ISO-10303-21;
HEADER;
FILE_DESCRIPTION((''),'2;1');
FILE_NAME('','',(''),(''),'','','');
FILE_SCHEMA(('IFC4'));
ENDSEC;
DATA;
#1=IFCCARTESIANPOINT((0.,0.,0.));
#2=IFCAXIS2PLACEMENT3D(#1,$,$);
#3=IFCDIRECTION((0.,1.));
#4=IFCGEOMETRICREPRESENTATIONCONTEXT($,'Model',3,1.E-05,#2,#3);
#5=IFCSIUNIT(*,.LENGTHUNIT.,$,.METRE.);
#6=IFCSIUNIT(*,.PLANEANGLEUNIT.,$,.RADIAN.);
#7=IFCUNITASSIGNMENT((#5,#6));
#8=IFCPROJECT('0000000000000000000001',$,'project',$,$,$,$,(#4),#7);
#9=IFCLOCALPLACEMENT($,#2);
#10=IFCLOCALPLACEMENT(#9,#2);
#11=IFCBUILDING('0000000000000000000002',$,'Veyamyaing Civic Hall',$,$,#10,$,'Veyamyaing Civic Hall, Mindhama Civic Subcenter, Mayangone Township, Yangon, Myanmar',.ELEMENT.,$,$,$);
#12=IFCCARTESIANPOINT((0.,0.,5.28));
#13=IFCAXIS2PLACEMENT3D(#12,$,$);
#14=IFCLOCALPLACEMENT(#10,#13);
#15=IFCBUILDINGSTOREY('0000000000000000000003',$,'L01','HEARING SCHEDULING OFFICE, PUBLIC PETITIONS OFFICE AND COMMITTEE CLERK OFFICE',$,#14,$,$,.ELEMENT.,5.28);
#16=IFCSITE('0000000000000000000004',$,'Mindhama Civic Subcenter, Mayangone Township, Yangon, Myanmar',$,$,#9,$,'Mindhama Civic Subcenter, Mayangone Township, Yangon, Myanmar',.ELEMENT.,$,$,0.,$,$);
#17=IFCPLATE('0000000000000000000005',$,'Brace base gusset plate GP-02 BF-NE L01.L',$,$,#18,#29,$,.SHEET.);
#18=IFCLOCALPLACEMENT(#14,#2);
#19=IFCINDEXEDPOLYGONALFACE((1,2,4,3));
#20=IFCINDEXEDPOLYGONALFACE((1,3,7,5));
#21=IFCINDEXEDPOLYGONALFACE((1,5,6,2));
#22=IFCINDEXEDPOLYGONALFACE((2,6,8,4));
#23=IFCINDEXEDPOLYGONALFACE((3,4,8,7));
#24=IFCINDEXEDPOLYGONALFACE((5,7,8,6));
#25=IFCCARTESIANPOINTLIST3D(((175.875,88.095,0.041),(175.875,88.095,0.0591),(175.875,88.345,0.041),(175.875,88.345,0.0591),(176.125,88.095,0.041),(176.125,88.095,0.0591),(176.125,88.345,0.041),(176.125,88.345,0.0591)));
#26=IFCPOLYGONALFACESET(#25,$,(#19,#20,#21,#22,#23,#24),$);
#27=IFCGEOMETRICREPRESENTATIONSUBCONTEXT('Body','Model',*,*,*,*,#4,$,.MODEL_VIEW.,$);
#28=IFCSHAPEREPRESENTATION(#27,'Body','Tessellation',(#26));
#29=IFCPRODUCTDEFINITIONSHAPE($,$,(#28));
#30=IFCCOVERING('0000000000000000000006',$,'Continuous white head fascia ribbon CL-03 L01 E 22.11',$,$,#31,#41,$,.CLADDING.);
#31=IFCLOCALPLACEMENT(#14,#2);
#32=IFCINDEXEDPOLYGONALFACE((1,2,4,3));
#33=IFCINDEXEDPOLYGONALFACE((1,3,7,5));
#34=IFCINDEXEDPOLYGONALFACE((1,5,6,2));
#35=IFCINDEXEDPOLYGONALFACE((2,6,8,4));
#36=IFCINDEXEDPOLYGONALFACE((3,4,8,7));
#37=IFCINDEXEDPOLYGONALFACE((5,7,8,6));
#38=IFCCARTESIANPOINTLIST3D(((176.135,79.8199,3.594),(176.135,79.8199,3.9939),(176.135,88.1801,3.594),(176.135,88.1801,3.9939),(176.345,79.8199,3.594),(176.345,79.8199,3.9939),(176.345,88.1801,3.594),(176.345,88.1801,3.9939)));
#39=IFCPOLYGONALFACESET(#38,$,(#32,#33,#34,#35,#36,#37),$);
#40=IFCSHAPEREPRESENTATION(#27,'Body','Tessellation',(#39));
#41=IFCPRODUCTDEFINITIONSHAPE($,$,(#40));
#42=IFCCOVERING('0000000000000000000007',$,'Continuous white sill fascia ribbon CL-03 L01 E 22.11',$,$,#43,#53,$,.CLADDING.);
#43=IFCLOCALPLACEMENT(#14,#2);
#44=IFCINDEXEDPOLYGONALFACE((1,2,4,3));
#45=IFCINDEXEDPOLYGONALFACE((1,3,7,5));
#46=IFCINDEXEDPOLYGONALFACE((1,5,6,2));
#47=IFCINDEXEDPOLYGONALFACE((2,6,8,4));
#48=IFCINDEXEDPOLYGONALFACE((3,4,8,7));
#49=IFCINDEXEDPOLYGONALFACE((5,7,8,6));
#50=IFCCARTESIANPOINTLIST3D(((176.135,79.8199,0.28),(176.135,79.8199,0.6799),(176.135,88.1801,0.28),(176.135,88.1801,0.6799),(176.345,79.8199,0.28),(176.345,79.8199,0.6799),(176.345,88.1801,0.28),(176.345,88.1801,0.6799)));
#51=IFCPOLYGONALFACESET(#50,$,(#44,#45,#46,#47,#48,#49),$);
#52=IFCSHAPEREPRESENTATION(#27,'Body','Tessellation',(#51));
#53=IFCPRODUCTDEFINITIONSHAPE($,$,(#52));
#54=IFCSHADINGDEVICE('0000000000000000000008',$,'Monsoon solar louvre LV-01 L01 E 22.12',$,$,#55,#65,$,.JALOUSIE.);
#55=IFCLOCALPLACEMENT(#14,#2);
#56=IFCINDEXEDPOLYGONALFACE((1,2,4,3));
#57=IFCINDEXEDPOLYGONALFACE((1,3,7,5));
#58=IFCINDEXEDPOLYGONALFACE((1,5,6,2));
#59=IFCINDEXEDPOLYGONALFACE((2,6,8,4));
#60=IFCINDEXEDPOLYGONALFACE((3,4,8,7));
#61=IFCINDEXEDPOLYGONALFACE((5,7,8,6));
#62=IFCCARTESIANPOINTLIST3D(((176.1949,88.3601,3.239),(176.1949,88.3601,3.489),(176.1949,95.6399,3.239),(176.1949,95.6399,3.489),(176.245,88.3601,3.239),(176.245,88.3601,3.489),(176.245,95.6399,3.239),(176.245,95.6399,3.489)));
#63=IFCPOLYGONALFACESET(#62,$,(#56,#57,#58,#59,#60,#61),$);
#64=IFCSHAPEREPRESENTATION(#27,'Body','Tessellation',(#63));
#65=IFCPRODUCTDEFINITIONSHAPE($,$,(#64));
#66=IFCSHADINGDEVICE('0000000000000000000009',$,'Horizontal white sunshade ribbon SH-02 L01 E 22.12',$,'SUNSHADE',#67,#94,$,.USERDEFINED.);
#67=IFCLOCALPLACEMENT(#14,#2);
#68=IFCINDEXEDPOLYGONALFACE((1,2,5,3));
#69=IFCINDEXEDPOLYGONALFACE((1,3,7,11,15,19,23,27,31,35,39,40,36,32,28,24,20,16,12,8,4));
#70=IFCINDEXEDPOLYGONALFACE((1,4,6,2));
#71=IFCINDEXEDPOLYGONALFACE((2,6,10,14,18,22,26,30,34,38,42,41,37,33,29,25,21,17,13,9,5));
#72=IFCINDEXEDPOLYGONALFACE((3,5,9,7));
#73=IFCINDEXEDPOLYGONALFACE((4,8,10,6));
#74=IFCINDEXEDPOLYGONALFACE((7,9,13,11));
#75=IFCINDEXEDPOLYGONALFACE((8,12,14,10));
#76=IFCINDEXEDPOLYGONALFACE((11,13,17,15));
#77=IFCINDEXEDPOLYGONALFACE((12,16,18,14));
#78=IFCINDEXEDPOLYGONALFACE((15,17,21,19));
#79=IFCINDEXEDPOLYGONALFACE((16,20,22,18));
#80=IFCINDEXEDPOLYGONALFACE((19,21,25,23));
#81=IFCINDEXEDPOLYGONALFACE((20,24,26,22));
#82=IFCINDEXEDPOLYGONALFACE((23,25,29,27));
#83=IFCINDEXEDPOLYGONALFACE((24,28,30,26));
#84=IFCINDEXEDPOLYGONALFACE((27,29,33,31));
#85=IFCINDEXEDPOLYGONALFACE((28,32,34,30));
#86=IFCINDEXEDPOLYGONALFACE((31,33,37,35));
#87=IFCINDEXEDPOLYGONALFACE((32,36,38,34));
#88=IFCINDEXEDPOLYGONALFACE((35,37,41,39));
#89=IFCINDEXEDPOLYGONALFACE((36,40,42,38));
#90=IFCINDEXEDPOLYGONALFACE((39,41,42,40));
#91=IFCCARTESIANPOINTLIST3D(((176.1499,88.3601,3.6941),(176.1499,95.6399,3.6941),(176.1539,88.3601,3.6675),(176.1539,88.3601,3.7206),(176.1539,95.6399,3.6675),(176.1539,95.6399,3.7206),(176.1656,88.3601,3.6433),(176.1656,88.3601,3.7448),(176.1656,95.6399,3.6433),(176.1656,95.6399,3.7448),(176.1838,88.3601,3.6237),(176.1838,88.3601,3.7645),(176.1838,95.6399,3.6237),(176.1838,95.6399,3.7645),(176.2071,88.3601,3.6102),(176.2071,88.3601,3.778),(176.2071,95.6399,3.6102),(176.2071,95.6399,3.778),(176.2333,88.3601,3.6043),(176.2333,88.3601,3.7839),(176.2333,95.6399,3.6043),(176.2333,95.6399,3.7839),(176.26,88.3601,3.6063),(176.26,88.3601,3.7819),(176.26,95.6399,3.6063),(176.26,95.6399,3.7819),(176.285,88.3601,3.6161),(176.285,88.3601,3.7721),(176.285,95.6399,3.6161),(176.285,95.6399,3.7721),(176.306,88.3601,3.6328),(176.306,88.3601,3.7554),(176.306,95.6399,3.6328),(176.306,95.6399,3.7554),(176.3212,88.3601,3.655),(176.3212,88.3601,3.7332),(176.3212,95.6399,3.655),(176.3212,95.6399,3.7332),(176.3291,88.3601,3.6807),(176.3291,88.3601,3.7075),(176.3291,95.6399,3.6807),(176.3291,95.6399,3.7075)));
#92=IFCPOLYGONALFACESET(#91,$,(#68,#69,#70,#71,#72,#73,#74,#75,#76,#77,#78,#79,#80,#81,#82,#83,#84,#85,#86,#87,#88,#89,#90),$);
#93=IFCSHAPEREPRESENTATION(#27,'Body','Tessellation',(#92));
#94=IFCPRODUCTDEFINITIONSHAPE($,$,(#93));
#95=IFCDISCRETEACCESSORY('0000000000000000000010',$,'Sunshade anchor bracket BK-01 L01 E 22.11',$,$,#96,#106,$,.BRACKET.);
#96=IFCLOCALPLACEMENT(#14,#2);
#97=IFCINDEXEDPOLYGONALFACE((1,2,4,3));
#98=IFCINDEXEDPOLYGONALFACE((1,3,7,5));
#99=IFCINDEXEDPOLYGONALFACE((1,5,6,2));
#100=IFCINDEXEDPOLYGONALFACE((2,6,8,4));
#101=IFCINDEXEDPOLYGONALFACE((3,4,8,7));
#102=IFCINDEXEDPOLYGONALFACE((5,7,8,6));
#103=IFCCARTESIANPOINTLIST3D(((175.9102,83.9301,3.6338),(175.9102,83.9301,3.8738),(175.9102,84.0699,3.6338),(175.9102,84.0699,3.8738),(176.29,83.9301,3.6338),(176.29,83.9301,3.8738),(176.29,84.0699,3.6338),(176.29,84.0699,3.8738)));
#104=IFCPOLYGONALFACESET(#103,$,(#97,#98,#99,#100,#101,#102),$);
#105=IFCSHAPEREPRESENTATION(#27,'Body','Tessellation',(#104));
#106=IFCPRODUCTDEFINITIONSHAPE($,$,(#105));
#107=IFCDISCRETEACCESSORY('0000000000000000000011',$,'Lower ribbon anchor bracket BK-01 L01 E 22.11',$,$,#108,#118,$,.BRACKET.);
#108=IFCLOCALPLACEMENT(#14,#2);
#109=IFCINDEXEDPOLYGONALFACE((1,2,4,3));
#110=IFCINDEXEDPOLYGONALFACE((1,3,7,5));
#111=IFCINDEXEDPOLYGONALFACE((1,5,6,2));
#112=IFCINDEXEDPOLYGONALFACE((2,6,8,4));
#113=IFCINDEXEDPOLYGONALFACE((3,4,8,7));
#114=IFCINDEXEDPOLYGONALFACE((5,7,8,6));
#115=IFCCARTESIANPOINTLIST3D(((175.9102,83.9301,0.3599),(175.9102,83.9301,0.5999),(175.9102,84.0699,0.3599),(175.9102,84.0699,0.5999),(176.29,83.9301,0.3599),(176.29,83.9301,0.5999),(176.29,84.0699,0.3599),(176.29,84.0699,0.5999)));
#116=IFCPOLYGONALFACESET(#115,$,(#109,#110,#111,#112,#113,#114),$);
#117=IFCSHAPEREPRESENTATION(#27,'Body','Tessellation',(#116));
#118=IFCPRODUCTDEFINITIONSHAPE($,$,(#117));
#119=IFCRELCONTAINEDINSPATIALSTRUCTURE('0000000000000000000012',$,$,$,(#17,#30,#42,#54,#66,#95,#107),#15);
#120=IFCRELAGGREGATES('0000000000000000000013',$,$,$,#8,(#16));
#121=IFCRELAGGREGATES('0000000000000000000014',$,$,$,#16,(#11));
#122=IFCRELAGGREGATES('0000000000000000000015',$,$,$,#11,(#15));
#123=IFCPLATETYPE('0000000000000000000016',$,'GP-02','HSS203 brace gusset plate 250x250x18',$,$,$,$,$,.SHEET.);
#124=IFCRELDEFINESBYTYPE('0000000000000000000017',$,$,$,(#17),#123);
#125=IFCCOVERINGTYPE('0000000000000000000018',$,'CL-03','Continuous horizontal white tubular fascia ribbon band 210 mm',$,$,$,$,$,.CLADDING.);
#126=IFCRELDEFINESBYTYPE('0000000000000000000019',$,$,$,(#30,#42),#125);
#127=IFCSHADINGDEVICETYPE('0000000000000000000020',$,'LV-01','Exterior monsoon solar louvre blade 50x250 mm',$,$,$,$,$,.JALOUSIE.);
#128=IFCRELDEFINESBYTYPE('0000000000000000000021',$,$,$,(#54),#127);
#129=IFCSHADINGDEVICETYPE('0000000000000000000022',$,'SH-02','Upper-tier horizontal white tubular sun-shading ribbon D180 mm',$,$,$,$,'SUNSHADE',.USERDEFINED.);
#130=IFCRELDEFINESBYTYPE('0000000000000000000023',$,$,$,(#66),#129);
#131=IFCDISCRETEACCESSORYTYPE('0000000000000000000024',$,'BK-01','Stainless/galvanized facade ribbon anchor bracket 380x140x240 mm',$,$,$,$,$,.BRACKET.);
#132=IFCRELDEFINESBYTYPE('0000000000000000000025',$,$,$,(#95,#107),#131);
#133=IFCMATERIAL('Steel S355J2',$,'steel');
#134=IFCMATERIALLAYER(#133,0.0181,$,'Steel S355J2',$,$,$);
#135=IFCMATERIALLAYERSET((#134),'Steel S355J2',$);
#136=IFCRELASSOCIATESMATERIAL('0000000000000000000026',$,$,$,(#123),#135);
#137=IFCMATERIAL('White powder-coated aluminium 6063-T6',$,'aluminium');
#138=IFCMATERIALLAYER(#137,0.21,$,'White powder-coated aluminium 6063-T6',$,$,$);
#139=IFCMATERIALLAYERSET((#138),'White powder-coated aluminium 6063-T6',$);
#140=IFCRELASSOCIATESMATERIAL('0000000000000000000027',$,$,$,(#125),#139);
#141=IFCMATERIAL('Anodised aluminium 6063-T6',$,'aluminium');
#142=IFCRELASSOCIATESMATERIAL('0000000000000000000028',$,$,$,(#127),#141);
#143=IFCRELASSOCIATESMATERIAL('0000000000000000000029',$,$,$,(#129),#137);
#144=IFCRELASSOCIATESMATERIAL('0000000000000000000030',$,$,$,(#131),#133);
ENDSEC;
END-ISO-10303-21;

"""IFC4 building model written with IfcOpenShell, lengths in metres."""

from ifc_helpers import new_model, si_unit, direction, frame, origin, origin_2d, place, context, subcontext, project, spatial, rectangle, circle, extrude, material, layer, layer_set, material_profile, profile_set, type_object, element, save


model = new_model("IFC4")

# Units and contexts
model_context = context("Model", 3, precision=1e-05, world=origin(), true_north=direction((0.0, 1.0)))
body_context = subcontext(model_context, "Body", "Model", "MODEL_VIEW")
ifc_project = project(units=[si_unit("LENGTHUNIT", "METRE"), si_unit("PLANEANGLEUNIT", "RADIAN")], contexts=[model_context])

# Site, building, storey
site_placement = place(None, origin())
site = spatial("IfcSite", under=ifc_project, at=site_placement, Name="Mindhama Civic Subcenter, Mayangone Township, Yangon, Myanmar", LongName="Mindhama Civic Subcenter, Mayangone Township, Yangon, Myanmar", CompositionType="ELEMENT", RefElevation=0.0)
building_placement = place(site_placement, origin())
building = spatial("IfcBuilding", under=site, at=building_placement, Name="Veyamyaing Civic Hall", LongName="Veyamyaing Civic Hall, Mindhama Civic Subcenter, Mayangone Township, Yangon, Myanmar", CompositionType="ELEMENT")
storey_placement = place(building_placement, frame((0.0, 0.0, 5.28)))
storey = spatial("IfcBuildingStorey", under=building, at=storey_placement, Name="L01", Description="HEARING SCHEDULING OFFICE, PUBLIC PETITIONS OFFICE AND COMMITTEE CLERK OFFICE", CompositionType="ELEMENT", Elevation=5.28)

# Shared definitions
ifc_material_1 = material(Name="Steel S355J2", Category="steel")

# Shared definitions
ifc_material_2 = material(Name="Anodised aluminium 6063-T6", Category="aluminium")

# Plate
ifc_layer_1 = layer(ifc_material_1, 0.0181, Name="Steel S355J2")
ifc_layer_set_1 = layer_set([ifc_layer_1], Name="Steel S355J2")
plate_type_1 = type_object("IfcPlateType", Name="GP-02", Description="HSS203 brace gusset plate 250x250x18", PredefinedType="SHEET", material=ifc_layer_set_1)
plate_1_placement = place(storey_placement, frame((176.0, 88.22, 0.041), z_axis=(0.0, 0.0, 1.0), x_axis=(1.0, 0.0, 0.0)))
element("IfcPlate", 1, at=plate_1_placement, inside=storey, type_object=plate_type_1, Name="Brace base gusset plate GP-02 BF-NE L01.L", PredefinedType="SHEET", context=body_context, shape_type="SweptSolid", body=[
    extrude(rectangle(XDim=0.25, YDim=0.25, at=origin_2d()), origin(), (0.0, 0.0, 1.0), 0.0181),
])

# Coverings
ifc_material_3 = material(Name="White powder-coated aluminium 6063-T6", Category="aluminium")
ifc_layer_2 = layer(ifc_material_3, 0.21, Name="White powder-coated aluminium 6063-T6")
ifc_layer_set_2 = layer_set([ifc_layer_2], Name="White powder-coated aluminium 6063-T6")
covering_type = type_object("IfcCoveringType", Name="CL-03", Description="Continuous horizontal white tubular fascia ribbon band 210 mm", PredefinedType="CLADDING", material=ifc_layer_set_2)
for number, where, z_axis, x_axis, name in (
    (2, (176.24, 84.0, 3.594), (0.0, 0.0, 1.0), (0.0, 1.0, 0.0), "Continuous white head fascia ribbon CL-03 L01 E 22.11"),
    (3, (176.24, 84.0, 0.28), (0.0, 0.0, 1.0), (0.0, 1.0, 0.0), "Continuous white sill fascia ribbon CL-03 L01 E 22.11"),
):
    element("IfcCovering", number, at=place(storey_placement, frame(where, z_axis=z_axis, x_axis=x_axis)), inside=storey, type_object=covering_type, Name=name, PredefinedType="CLADDING", context=body_context, shape_type="SweptSolid", body=[
        extrude(rectangle(XDim=8.3601, YDim=0.21, at=origin_2d()), origin(), (0.0, 0.0, 1.0), 0.3999),
    ])

# Shading devices
ifc_material_profile_1 = material_profile(ifc_material_2, rectangle(XDim=0.05, YDim=0.25, at=origin_2d()), Name="LOUVRE-BLADE-50X250")
ifc_profile_set_1 = profile_set([ifc_material_profile_1], Name="Anodised aluminium 6063-T6")
shading_device_type_1 = type_object("IfcShadingDeviceType", Name="LV-01", Description="Exterior monsoon solar louvre blade 50x250 mm", PredefinedType="JALOUSIE", material=ifc_profile_set_1)
shading_device_1_placement = place(storey_placement, frame((176.22, 88.3601, 3.364), z_axis=(0.0, 1.0, 0.0), x_axis=(-1.0, 0.0, 0.0)))
element("IfcShadingDevice", 4, at=shading_device_1_placement, inside=storey, type_object=shading_device_type_1, Name="Monsoon solar louvre LV-01 L01 E 22.12", PredefinedType="JALOUSIE", context=body_context, shape_type="SweptSolid", body=[
    extrude(rectangle(XDim=0.05, YDim=0.25, at=origin_2d()), origin(), (0.0, 0.0, 1.0), 7.2798),
])
ifc_material_profile_2 = material_profile(ifc_material_3, circle(Radius=0.0901, at=origin_2d()), Name="SHADE-TUBE-180")
ifc_profile_set_2 = profile_set([ifc_material_profile_2], Name="White powder-coated aluminium 6063-T6")
shading_device_type_2 = type_object("IfcShadingDeviceType", Name="SH-02", Description="Upper-tier horizontal white tubular sun-shading ribbon D180 mm", ElementType="SUNSHADE", PredefinedType="USERDEFINED", material=ifc_profile_set_2)
shading_device_2_placement = place(storey_placement, frame((176.24, 88.3601, 3.6941), z_axis=(0.0, 1.0, 0.0), x_axis=(-1.0, 0.0, 0.0)))
element("IfcShadingDevice", 5, at=shading_device_2_placement, inside=storey, type_object=shading_device_type_2, Name="Horizontal white sunshade ribbon SH-02 L01 E 22.12", ObjectType="SUNSHADE", PredefinedType="USERDEFINED", context=body_context, shape_type="SweptSolid", body=[
    extrude(circle(Radius=0.0901, at=origin_2d()), origin(), (0.0, 0.0, 1.0), 7.2798),
])

# Discrete accessories
discrete_accessory_type = type_object("IfcDiscreteAccessoryType", Name="BK-01", Description="Stainless/galvanized facade ribbon anchor bracket 380x140x240 mm", PredefinedType="BRACKET", material=ifc_material_1)
for number, where, z_axis, x_axis, name in (
    (6, (176.1001, 84.0, 3.6338), (0.0, 0.0, 1.0), (1.0, 0.0, 0.0), "Sunshade anchor bracket BK-01 L01 E 22.11"),
    (7, (176.1001, 84.0, 0.3599), (0.0, 0.0, 1.0), (1.0, 0.0, 0.0), "Lower ribbon anchor bracket BK-01 L01 E 22.11"),
):
    element("IfcDiscreteAccessory", number, at=place(storey_placement, frame(where, z_axis=z_axis, x_axis=x_axis)), inside=storey, type_object=discrete_accessory_type, Name=name, PredefinedType="BRACKET", context=body_context, shape_type="SweptSolid", body=[
        extrude(rectangle(XDim=0.3799, YDim=0.1399, at=origin_2d()), origin(), (0.0, 0.0, 1.0), 0.24),
    ])

save(model, "model.ifc")
